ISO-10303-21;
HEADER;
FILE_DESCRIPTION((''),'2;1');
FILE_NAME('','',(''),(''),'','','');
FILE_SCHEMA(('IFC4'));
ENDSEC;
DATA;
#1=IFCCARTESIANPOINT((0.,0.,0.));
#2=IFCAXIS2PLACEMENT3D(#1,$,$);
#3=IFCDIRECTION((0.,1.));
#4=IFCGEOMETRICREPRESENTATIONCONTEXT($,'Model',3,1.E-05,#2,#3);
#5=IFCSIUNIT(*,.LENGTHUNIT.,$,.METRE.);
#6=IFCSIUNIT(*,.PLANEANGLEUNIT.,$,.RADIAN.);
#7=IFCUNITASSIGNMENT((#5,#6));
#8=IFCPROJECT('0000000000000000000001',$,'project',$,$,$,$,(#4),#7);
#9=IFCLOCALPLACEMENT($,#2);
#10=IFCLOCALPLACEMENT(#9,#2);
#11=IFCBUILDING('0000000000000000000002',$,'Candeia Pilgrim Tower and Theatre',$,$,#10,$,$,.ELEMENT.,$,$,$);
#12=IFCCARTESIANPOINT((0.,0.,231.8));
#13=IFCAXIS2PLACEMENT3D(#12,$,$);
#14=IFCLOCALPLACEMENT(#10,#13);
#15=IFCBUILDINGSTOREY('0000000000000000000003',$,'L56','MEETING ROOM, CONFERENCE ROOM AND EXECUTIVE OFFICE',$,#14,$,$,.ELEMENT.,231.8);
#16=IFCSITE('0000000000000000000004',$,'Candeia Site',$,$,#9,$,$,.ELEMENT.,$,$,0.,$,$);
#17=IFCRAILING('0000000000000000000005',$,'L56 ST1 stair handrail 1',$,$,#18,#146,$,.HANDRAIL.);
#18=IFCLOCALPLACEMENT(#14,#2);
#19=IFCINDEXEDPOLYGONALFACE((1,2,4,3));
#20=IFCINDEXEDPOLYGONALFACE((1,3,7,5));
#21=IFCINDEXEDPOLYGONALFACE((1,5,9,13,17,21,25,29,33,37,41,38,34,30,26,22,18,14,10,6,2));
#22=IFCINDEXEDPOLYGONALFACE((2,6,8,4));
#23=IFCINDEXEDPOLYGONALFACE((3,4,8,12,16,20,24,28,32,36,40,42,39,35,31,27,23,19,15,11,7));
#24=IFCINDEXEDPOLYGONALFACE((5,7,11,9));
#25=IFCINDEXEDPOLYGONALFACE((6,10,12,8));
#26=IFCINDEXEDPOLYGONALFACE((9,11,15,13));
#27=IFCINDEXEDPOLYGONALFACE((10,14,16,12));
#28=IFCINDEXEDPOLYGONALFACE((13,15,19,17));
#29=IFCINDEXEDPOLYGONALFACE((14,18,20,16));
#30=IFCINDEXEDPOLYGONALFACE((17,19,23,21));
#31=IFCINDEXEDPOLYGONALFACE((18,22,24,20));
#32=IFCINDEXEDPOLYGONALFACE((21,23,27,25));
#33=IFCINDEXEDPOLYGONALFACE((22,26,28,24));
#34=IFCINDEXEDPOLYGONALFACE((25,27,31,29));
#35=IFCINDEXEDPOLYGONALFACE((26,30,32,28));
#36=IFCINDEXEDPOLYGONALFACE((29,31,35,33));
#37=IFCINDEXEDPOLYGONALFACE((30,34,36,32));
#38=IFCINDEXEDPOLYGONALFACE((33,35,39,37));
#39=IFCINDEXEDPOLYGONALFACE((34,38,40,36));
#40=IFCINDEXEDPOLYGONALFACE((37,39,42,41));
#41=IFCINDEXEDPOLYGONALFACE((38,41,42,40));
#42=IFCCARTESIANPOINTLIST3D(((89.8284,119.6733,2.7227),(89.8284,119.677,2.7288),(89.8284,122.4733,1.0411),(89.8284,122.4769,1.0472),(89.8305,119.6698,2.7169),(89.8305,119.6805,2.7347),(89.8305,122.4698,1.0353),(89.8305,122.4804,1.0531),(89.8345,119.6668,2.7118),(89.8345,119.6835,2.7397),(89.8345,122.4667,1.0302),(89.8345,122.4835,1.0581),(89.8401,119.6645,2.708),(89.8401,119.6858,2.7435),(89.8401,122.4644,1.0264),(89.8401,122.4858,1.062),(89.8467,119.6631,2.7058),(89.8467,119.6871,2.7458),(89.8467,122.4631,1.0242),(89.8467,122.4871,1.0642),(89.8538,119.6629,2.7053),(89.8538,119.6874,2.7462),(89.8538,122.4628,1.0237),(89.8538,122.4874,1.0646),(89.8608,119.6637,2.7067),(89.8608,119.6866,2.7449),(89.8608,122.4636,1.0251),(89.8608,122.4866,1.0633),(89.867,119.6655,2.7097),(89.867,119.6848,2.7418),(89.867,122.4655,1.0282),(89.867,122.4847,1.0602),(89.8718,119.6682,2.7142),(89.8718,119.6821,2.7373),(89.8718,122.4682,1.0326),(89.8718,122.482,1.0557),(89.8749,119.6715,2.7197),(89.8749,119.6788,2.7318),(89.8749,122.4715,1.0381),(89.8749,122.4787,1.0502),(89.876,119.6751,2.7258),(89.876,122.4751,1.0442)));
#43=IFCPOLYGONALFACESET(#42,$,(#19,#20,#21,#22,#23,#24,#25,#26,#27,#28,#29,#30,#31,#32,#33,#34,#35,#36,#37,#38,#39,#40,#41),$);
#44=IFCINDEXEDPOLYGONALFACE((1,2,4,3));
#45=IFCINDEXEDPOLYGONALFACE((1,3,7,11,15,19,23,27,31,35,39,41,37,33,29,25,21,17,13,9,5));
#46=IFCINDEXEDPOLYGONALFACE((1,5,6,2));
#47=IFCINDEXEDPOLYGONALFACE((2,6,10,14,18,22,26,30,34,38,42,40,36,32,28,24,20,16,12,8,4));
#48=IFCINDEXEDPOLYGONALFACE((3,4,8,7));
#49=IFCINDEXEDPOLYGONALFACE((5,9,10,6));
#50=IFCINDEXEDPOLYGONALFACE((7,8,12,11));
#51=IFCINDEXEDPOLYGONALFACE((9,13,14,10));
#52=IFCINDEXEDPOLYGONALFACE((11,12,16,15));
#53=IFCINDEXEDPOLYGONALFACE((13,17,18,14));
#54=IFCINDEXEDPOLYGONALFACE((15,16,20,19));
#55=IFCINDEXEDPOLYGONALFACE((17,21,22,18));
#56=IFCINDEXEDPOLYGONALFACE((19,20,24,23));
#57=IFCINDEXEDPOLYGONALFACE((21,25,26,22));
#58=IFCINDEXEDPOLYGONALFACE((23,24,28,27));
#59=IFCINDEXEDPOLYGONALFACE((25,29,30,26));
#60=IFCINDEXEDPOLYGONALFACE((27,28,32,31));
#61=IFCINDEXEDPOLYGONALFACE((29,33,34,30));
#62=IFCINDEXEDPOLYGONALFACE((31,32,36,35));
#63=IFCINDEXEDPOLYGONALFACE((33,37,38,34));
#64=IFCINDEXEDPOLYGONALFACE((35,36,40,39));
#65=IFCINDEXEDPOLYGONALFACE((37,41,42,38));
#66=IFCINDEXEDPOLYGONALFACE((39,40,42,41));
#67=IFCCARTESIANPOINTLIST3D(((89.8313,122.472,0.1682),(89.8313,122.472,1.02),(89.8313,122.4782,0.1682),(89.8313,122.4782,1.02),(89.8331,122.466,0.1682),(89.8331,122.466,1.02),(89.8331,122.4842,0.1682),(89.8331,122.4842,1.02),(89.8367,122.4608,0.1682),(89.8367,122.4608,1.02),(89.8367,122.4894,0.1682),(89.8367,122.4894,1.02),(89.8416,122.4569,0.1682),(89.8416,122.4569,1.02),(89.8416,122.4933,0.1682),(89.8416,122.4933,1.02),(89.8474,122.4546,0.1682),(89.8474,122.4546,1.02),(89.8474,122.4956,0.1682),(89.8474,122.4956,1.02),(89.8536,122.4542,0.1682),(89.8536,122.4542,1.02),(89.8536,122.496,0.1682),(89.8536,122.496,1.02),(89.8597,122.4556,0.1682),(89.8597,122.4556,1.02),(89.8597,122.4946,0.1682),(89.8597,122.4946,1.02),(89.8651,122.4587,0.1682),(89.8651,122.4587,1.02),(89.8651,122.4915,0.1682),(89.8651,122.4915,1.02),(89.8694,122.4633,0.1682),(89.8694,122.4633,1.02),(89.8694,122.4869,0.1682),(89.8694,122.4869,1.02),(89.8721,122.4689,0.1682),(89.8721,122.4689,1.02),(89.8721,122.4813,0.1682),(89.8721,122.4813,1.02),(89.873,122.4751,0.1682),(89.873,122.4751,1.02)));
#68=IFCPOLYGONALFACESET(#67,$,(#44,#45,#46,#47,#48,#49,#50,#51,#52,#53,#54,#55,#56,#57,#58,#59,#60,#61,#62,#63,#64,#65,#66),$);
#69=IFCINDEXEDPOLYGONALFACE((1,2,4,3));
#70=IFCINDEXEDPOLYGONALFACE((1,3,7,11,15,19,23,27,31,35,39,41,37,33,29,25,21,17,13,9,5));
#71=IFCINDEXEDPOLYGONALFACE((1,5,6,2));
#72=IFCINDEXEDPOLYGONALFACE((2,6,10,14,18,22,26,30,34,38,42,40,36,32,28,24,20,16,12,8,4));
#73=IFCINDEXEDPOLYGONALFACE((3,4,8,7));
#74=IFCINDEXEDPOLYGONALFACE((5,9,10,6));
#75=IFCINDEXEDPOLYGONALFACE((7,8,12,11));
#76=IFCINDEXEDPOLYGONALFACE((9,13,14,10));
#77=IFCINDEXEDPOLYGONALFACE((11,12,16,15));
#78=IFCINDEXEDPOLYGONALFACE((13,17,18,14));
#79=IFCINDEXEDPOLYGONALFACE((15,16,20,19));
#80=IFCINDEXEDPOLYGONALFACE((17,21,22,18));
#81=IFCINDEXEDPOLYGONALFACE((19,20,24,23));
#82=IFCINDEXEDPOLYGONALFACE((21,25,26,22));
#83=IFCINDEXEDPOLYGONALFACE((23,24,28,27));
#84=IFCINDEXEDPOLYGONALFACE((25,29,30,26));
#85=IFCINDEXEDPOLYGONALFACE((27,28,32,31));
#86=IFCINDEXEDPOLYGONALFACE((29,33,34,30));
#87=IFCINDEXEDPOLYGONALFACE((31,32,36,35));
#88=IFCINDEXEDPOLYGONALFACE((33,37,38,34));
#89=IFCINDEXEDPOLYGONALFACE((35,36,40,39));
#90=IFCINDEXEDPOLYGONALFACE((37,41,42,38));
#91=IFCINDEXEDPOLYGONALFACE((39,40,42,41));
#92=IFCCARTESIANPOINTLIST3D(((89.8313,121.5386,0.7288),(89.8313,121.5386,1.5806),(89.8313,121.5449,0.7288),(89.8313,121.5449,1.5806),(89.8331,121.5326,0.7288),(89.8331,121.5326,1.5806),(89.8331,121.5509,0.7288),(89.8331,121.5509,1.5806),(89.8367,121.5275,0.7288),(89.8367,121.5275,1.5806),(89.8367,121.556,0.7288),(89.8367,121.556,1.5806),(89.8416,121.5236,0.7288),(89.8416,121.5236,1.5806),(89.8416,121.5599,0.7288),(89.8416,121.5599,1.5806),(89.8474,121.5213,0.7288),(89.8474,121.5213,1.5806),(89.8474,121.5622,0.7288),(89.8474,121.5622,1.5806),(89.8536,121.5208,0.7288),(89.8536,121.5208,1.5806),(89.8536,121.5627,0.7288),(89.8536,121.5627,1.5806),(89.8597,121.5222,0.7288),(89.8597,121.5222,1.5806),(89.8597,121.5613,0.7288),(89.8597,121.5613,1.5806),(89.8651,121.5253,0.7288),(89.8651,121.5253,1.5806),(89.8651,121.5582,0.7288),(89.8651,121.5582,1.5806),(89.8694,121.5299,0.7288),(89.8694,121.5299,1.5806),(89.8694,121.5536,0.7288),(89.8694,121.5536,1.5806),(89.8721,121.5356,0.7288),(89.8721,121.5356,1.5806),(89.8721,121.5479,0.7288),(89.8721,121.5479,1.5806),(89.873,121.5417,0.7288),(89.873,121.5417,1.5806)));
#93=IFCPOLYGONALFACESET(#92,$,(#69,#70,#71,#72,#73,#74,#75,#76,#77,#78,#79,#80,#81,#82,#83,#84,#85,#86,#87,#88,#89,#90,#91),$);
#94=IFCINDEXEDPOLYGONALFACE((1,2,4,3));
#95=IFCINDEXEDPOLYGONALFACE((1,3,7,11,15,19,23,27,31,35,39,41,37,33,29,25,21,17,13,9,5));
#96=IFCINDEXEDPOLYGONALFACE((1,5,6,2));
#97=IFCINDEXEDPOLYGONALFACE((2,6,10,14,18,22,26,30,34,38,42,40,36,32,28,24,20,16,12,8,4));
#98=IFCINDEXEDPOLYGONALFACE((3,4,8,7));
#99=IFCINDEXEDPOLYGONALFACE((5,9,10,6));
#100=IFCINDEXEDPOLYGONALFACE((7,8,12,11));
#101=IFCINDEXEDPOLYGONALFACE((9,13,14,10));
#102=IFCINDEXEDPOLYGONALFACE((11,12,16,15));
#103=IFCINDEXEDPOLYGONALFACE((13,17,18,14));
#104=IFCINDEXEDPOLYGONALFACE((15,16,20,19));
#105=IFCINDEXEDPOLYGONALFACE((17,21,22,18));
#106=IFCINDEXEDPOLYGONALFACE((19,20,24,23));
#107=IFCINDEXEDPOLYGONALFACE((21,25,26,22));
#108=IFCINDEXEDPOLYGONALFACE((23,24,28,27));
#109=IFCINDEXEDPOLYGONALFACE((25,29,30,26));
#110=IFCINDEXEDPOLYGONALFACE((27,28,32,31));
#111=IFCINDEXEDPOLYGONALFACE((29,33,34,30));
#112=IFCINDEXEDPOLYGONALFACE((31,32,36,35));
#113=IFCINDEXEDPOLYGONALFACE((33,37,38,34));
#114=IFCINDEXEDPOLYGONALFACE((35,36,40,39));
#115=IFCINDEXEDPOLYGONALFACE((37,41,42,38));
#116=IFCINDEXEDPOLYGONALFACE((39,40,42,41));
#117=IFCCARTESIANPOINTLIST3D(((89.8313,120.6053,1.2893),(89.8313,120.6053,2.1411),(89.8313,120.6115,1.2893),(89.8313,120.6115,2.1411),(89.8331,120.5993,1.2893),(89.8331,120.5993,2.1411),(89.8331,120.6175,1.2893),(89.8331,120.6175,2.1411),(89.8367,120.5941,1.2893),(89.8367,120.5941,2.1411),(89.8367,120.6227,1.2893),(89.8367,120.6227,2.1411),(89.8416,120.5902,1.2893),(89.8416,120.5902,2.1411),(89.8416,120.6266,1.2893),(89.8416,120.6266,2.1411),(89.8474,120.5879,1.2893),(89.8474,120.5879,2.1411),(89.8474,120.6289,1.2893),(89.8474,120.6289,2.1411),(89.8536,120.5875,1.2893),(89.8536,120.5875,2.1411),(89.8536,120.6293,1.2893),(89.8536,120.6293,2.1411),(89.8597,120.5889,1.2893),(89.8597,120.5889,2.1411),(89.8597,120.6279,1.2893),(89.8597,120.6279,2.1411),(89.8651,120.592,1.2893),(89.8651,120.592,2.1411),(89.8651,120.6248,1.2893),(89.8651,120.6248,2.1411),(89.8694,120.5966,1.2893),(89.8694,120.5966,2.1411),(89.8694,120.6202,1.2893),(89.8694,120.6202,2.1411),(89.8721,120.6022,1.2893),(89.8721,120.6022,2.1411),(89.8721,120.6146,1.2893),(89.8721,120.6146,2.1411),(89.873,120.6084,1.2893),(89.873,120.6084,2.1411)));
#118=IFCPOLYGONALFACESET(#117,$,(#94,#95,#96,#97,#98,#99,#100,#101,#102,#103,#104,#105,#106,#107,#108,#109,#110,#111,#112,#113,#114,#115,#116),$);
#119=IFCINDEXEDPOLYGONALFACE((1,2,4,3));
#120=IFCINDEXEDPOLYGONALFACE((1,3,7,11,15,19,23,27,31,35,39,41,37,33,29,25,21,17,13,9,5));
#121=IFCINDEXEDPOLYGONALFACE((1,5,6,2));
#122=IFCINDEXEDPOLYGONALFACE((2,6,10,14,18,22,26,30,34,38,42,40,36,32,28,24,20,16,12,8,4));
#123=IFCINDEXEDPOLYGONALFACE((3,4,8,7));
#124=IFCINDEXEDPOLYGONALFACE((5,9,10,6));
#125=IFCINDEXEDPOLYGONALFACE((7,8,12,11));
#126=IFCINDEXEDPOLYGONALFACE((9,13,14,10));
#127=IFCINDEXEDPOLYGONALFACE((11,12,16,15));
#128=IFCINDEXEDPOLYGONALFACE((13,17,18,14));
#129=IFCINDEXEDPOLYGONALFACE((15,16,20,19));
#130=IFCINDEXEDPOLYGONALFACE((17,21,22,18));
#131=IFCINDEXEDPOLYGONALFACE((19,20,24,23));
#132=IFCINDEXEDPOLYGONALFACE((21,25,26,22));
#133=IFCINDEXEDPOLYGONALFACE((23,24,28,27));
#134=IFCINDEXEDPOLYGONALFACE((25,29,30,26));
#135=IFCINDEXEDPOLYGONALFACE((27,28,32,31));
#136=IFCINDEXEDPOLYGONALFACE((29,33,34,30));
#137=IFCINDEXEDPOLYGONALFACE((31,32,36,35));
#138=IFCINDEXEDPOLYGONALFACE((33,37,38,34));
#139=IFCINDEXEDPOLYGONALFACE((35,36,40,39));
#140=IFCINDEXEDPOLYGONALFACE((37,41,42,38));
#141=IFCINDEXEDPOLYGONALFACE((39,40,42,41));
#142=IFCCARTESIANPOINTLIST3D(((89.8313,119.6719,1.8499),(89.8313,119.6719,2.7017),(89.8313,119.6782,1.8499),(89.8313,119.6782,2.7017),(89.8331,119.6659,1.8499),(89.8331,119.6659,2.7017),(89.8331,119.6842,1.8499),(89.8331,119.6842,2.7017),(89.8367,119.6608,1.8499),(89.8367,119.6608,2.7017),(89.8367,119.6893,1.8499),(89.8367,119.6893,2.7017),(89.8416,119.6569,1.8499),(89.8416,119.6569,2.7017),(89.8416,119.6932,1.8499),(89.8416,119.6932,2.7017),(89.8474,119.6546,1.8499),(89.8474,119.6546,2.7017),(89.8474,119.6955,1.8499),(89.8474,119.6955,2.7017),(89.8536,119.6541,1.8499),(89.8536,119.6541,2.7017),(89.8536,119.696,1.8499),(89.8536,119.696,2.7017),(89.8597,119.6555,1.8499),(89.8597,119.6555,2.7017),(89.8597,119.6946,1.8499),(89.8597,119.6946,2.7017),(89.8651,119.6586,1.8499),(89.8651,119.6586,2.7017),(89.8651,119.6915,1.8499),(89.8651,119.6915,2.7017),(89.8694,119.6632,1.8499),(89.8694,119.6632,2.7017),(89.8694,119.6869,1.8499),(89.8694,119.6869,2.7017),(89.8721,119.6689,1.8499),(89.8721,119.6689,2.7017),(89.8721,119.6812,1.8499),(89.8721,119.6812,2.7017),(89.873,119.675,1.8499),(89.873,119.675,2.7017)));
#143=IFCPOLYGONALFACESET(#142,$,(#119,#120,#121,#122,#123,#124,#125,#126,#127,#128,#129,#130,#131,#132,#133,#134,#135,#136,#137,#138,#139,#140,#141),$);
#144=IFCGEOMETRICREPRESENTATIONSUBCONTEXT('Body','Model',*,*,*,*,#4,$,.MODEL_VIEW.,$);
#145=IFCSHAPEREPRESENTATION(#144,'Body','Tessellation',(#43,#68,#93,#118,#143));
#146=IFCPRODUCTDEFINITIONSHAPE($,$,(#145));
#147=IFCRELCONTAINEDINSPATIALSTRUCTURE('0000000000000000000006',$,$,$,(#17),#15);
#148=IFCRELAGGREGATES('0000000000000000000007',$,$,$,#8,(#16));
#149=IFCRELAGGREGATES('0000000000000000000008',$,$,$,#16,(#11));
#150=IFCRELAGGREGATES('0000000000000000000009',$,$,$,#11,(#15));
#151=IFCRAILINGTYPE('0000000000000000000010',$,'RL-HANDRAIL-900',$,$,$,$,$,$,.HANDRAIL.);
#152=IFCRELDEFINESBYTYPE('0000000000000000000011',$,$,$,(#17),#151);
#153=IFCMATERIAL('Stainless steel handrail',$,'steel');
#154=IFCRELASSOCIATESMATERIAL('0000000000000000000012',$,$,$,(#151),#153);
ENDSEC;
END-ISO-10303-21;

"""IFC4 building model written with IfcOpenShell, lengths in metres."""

from ifc_helpers import new_model, si_unit, direction, frame, origin, origin_2d, place, context, subcontext, project, spatial, circle, extrude, material, type_object, element, save


model = new_model("IFC4")

# Units and contexts
model_context = context("Model", 3, precision=1e-05, world=origin(), true_north=direction((0.0, 1.0)))
body_context = subcontext(model_context, "Body", "Model", "MODEL_VIEW")
ifc_project = project(units=[si_unit("LENGTHUNIT", "METRE"), si_unit("PLANEANGLEUNIT", "RADIAN")], contexts=[model_context])

# Site, building, storey
site_placement = place(None, origin())
site = spatial("IfcSite", under=ifc_project, at=site_placement, Name="Candeia Site", CompositionType="ELEMENT", RefElevation=0.0)
building_placement = place(site_placement, origin())
building = spatial("IfcBuilding", under=site, at=building_placement, Name="Candeia Pilgrim Tower and Theatre", CompositionType="ELEMENT")
storey_placement = place(building_placement, frame((0.0, 0.0, 231.8)))
storey = spatial("IfcBuildingStorey", under=building, at=storey_placement, Name="L56", Description="MEETING ROOM, CONFERENCE ROOM AND EXECUTIVE OFFICE", CompositionType="ELEMENT", Elevation=231.8)

# Railing
ifc_material_1 = material(Name="Stainless steel handrail", Category="steel")
railing_type_1 = type_object("IfcRailingType", Name="RL-HANDRAIL-900", PredefinedType="HANDRAIL", material=ifc_material_1)
for number, where, name in (
    (1, (89.8521, 122.4751, 0.1682), "L56 ST1 stair handrail 1"),
):
    element("IfcRailing", number, at=place(storey_placement, frame(where)), inside=storey, type_object=railing_type_1, Name=name, PredefinedType="HANDRAIL", context=body_context, shape_type="SweptSolid", body=[
        extrude(circle(Radius=0.0239, at=origin_2d()), frame((0.0, 0.0, 0.876), z_axis=(0.0, -0.857275, 0.514858), x_axis=(1.0, 0.0, 0.0)), (0.0, 0.0, 1.0), 3.2661),
        extrude(circle(Radius=0.021, at=origin_2d()), origin(), (0.0, 0.0, 1.0), 0.8518),
        extrude(circle(Radius=0.021, at=origin_2d()), frame((0.0, -0.9333, 0.5605)), (0.0, 0.0, 1.0), 0.8518),
        extrude(circle(Radius=0.021, at=origin_2d()), frame((0.0, -1.8667, 1.1211)), (0.0, 0.0, 1.0), 0.8518),
        extrude(circle(Radius=0.021, at=origin_2d()), frame((0.0, -2.8, 1.6816)), (0.0, 0.0, 1.0), 0.8518),
    ])

save(model, "model.ifc")
